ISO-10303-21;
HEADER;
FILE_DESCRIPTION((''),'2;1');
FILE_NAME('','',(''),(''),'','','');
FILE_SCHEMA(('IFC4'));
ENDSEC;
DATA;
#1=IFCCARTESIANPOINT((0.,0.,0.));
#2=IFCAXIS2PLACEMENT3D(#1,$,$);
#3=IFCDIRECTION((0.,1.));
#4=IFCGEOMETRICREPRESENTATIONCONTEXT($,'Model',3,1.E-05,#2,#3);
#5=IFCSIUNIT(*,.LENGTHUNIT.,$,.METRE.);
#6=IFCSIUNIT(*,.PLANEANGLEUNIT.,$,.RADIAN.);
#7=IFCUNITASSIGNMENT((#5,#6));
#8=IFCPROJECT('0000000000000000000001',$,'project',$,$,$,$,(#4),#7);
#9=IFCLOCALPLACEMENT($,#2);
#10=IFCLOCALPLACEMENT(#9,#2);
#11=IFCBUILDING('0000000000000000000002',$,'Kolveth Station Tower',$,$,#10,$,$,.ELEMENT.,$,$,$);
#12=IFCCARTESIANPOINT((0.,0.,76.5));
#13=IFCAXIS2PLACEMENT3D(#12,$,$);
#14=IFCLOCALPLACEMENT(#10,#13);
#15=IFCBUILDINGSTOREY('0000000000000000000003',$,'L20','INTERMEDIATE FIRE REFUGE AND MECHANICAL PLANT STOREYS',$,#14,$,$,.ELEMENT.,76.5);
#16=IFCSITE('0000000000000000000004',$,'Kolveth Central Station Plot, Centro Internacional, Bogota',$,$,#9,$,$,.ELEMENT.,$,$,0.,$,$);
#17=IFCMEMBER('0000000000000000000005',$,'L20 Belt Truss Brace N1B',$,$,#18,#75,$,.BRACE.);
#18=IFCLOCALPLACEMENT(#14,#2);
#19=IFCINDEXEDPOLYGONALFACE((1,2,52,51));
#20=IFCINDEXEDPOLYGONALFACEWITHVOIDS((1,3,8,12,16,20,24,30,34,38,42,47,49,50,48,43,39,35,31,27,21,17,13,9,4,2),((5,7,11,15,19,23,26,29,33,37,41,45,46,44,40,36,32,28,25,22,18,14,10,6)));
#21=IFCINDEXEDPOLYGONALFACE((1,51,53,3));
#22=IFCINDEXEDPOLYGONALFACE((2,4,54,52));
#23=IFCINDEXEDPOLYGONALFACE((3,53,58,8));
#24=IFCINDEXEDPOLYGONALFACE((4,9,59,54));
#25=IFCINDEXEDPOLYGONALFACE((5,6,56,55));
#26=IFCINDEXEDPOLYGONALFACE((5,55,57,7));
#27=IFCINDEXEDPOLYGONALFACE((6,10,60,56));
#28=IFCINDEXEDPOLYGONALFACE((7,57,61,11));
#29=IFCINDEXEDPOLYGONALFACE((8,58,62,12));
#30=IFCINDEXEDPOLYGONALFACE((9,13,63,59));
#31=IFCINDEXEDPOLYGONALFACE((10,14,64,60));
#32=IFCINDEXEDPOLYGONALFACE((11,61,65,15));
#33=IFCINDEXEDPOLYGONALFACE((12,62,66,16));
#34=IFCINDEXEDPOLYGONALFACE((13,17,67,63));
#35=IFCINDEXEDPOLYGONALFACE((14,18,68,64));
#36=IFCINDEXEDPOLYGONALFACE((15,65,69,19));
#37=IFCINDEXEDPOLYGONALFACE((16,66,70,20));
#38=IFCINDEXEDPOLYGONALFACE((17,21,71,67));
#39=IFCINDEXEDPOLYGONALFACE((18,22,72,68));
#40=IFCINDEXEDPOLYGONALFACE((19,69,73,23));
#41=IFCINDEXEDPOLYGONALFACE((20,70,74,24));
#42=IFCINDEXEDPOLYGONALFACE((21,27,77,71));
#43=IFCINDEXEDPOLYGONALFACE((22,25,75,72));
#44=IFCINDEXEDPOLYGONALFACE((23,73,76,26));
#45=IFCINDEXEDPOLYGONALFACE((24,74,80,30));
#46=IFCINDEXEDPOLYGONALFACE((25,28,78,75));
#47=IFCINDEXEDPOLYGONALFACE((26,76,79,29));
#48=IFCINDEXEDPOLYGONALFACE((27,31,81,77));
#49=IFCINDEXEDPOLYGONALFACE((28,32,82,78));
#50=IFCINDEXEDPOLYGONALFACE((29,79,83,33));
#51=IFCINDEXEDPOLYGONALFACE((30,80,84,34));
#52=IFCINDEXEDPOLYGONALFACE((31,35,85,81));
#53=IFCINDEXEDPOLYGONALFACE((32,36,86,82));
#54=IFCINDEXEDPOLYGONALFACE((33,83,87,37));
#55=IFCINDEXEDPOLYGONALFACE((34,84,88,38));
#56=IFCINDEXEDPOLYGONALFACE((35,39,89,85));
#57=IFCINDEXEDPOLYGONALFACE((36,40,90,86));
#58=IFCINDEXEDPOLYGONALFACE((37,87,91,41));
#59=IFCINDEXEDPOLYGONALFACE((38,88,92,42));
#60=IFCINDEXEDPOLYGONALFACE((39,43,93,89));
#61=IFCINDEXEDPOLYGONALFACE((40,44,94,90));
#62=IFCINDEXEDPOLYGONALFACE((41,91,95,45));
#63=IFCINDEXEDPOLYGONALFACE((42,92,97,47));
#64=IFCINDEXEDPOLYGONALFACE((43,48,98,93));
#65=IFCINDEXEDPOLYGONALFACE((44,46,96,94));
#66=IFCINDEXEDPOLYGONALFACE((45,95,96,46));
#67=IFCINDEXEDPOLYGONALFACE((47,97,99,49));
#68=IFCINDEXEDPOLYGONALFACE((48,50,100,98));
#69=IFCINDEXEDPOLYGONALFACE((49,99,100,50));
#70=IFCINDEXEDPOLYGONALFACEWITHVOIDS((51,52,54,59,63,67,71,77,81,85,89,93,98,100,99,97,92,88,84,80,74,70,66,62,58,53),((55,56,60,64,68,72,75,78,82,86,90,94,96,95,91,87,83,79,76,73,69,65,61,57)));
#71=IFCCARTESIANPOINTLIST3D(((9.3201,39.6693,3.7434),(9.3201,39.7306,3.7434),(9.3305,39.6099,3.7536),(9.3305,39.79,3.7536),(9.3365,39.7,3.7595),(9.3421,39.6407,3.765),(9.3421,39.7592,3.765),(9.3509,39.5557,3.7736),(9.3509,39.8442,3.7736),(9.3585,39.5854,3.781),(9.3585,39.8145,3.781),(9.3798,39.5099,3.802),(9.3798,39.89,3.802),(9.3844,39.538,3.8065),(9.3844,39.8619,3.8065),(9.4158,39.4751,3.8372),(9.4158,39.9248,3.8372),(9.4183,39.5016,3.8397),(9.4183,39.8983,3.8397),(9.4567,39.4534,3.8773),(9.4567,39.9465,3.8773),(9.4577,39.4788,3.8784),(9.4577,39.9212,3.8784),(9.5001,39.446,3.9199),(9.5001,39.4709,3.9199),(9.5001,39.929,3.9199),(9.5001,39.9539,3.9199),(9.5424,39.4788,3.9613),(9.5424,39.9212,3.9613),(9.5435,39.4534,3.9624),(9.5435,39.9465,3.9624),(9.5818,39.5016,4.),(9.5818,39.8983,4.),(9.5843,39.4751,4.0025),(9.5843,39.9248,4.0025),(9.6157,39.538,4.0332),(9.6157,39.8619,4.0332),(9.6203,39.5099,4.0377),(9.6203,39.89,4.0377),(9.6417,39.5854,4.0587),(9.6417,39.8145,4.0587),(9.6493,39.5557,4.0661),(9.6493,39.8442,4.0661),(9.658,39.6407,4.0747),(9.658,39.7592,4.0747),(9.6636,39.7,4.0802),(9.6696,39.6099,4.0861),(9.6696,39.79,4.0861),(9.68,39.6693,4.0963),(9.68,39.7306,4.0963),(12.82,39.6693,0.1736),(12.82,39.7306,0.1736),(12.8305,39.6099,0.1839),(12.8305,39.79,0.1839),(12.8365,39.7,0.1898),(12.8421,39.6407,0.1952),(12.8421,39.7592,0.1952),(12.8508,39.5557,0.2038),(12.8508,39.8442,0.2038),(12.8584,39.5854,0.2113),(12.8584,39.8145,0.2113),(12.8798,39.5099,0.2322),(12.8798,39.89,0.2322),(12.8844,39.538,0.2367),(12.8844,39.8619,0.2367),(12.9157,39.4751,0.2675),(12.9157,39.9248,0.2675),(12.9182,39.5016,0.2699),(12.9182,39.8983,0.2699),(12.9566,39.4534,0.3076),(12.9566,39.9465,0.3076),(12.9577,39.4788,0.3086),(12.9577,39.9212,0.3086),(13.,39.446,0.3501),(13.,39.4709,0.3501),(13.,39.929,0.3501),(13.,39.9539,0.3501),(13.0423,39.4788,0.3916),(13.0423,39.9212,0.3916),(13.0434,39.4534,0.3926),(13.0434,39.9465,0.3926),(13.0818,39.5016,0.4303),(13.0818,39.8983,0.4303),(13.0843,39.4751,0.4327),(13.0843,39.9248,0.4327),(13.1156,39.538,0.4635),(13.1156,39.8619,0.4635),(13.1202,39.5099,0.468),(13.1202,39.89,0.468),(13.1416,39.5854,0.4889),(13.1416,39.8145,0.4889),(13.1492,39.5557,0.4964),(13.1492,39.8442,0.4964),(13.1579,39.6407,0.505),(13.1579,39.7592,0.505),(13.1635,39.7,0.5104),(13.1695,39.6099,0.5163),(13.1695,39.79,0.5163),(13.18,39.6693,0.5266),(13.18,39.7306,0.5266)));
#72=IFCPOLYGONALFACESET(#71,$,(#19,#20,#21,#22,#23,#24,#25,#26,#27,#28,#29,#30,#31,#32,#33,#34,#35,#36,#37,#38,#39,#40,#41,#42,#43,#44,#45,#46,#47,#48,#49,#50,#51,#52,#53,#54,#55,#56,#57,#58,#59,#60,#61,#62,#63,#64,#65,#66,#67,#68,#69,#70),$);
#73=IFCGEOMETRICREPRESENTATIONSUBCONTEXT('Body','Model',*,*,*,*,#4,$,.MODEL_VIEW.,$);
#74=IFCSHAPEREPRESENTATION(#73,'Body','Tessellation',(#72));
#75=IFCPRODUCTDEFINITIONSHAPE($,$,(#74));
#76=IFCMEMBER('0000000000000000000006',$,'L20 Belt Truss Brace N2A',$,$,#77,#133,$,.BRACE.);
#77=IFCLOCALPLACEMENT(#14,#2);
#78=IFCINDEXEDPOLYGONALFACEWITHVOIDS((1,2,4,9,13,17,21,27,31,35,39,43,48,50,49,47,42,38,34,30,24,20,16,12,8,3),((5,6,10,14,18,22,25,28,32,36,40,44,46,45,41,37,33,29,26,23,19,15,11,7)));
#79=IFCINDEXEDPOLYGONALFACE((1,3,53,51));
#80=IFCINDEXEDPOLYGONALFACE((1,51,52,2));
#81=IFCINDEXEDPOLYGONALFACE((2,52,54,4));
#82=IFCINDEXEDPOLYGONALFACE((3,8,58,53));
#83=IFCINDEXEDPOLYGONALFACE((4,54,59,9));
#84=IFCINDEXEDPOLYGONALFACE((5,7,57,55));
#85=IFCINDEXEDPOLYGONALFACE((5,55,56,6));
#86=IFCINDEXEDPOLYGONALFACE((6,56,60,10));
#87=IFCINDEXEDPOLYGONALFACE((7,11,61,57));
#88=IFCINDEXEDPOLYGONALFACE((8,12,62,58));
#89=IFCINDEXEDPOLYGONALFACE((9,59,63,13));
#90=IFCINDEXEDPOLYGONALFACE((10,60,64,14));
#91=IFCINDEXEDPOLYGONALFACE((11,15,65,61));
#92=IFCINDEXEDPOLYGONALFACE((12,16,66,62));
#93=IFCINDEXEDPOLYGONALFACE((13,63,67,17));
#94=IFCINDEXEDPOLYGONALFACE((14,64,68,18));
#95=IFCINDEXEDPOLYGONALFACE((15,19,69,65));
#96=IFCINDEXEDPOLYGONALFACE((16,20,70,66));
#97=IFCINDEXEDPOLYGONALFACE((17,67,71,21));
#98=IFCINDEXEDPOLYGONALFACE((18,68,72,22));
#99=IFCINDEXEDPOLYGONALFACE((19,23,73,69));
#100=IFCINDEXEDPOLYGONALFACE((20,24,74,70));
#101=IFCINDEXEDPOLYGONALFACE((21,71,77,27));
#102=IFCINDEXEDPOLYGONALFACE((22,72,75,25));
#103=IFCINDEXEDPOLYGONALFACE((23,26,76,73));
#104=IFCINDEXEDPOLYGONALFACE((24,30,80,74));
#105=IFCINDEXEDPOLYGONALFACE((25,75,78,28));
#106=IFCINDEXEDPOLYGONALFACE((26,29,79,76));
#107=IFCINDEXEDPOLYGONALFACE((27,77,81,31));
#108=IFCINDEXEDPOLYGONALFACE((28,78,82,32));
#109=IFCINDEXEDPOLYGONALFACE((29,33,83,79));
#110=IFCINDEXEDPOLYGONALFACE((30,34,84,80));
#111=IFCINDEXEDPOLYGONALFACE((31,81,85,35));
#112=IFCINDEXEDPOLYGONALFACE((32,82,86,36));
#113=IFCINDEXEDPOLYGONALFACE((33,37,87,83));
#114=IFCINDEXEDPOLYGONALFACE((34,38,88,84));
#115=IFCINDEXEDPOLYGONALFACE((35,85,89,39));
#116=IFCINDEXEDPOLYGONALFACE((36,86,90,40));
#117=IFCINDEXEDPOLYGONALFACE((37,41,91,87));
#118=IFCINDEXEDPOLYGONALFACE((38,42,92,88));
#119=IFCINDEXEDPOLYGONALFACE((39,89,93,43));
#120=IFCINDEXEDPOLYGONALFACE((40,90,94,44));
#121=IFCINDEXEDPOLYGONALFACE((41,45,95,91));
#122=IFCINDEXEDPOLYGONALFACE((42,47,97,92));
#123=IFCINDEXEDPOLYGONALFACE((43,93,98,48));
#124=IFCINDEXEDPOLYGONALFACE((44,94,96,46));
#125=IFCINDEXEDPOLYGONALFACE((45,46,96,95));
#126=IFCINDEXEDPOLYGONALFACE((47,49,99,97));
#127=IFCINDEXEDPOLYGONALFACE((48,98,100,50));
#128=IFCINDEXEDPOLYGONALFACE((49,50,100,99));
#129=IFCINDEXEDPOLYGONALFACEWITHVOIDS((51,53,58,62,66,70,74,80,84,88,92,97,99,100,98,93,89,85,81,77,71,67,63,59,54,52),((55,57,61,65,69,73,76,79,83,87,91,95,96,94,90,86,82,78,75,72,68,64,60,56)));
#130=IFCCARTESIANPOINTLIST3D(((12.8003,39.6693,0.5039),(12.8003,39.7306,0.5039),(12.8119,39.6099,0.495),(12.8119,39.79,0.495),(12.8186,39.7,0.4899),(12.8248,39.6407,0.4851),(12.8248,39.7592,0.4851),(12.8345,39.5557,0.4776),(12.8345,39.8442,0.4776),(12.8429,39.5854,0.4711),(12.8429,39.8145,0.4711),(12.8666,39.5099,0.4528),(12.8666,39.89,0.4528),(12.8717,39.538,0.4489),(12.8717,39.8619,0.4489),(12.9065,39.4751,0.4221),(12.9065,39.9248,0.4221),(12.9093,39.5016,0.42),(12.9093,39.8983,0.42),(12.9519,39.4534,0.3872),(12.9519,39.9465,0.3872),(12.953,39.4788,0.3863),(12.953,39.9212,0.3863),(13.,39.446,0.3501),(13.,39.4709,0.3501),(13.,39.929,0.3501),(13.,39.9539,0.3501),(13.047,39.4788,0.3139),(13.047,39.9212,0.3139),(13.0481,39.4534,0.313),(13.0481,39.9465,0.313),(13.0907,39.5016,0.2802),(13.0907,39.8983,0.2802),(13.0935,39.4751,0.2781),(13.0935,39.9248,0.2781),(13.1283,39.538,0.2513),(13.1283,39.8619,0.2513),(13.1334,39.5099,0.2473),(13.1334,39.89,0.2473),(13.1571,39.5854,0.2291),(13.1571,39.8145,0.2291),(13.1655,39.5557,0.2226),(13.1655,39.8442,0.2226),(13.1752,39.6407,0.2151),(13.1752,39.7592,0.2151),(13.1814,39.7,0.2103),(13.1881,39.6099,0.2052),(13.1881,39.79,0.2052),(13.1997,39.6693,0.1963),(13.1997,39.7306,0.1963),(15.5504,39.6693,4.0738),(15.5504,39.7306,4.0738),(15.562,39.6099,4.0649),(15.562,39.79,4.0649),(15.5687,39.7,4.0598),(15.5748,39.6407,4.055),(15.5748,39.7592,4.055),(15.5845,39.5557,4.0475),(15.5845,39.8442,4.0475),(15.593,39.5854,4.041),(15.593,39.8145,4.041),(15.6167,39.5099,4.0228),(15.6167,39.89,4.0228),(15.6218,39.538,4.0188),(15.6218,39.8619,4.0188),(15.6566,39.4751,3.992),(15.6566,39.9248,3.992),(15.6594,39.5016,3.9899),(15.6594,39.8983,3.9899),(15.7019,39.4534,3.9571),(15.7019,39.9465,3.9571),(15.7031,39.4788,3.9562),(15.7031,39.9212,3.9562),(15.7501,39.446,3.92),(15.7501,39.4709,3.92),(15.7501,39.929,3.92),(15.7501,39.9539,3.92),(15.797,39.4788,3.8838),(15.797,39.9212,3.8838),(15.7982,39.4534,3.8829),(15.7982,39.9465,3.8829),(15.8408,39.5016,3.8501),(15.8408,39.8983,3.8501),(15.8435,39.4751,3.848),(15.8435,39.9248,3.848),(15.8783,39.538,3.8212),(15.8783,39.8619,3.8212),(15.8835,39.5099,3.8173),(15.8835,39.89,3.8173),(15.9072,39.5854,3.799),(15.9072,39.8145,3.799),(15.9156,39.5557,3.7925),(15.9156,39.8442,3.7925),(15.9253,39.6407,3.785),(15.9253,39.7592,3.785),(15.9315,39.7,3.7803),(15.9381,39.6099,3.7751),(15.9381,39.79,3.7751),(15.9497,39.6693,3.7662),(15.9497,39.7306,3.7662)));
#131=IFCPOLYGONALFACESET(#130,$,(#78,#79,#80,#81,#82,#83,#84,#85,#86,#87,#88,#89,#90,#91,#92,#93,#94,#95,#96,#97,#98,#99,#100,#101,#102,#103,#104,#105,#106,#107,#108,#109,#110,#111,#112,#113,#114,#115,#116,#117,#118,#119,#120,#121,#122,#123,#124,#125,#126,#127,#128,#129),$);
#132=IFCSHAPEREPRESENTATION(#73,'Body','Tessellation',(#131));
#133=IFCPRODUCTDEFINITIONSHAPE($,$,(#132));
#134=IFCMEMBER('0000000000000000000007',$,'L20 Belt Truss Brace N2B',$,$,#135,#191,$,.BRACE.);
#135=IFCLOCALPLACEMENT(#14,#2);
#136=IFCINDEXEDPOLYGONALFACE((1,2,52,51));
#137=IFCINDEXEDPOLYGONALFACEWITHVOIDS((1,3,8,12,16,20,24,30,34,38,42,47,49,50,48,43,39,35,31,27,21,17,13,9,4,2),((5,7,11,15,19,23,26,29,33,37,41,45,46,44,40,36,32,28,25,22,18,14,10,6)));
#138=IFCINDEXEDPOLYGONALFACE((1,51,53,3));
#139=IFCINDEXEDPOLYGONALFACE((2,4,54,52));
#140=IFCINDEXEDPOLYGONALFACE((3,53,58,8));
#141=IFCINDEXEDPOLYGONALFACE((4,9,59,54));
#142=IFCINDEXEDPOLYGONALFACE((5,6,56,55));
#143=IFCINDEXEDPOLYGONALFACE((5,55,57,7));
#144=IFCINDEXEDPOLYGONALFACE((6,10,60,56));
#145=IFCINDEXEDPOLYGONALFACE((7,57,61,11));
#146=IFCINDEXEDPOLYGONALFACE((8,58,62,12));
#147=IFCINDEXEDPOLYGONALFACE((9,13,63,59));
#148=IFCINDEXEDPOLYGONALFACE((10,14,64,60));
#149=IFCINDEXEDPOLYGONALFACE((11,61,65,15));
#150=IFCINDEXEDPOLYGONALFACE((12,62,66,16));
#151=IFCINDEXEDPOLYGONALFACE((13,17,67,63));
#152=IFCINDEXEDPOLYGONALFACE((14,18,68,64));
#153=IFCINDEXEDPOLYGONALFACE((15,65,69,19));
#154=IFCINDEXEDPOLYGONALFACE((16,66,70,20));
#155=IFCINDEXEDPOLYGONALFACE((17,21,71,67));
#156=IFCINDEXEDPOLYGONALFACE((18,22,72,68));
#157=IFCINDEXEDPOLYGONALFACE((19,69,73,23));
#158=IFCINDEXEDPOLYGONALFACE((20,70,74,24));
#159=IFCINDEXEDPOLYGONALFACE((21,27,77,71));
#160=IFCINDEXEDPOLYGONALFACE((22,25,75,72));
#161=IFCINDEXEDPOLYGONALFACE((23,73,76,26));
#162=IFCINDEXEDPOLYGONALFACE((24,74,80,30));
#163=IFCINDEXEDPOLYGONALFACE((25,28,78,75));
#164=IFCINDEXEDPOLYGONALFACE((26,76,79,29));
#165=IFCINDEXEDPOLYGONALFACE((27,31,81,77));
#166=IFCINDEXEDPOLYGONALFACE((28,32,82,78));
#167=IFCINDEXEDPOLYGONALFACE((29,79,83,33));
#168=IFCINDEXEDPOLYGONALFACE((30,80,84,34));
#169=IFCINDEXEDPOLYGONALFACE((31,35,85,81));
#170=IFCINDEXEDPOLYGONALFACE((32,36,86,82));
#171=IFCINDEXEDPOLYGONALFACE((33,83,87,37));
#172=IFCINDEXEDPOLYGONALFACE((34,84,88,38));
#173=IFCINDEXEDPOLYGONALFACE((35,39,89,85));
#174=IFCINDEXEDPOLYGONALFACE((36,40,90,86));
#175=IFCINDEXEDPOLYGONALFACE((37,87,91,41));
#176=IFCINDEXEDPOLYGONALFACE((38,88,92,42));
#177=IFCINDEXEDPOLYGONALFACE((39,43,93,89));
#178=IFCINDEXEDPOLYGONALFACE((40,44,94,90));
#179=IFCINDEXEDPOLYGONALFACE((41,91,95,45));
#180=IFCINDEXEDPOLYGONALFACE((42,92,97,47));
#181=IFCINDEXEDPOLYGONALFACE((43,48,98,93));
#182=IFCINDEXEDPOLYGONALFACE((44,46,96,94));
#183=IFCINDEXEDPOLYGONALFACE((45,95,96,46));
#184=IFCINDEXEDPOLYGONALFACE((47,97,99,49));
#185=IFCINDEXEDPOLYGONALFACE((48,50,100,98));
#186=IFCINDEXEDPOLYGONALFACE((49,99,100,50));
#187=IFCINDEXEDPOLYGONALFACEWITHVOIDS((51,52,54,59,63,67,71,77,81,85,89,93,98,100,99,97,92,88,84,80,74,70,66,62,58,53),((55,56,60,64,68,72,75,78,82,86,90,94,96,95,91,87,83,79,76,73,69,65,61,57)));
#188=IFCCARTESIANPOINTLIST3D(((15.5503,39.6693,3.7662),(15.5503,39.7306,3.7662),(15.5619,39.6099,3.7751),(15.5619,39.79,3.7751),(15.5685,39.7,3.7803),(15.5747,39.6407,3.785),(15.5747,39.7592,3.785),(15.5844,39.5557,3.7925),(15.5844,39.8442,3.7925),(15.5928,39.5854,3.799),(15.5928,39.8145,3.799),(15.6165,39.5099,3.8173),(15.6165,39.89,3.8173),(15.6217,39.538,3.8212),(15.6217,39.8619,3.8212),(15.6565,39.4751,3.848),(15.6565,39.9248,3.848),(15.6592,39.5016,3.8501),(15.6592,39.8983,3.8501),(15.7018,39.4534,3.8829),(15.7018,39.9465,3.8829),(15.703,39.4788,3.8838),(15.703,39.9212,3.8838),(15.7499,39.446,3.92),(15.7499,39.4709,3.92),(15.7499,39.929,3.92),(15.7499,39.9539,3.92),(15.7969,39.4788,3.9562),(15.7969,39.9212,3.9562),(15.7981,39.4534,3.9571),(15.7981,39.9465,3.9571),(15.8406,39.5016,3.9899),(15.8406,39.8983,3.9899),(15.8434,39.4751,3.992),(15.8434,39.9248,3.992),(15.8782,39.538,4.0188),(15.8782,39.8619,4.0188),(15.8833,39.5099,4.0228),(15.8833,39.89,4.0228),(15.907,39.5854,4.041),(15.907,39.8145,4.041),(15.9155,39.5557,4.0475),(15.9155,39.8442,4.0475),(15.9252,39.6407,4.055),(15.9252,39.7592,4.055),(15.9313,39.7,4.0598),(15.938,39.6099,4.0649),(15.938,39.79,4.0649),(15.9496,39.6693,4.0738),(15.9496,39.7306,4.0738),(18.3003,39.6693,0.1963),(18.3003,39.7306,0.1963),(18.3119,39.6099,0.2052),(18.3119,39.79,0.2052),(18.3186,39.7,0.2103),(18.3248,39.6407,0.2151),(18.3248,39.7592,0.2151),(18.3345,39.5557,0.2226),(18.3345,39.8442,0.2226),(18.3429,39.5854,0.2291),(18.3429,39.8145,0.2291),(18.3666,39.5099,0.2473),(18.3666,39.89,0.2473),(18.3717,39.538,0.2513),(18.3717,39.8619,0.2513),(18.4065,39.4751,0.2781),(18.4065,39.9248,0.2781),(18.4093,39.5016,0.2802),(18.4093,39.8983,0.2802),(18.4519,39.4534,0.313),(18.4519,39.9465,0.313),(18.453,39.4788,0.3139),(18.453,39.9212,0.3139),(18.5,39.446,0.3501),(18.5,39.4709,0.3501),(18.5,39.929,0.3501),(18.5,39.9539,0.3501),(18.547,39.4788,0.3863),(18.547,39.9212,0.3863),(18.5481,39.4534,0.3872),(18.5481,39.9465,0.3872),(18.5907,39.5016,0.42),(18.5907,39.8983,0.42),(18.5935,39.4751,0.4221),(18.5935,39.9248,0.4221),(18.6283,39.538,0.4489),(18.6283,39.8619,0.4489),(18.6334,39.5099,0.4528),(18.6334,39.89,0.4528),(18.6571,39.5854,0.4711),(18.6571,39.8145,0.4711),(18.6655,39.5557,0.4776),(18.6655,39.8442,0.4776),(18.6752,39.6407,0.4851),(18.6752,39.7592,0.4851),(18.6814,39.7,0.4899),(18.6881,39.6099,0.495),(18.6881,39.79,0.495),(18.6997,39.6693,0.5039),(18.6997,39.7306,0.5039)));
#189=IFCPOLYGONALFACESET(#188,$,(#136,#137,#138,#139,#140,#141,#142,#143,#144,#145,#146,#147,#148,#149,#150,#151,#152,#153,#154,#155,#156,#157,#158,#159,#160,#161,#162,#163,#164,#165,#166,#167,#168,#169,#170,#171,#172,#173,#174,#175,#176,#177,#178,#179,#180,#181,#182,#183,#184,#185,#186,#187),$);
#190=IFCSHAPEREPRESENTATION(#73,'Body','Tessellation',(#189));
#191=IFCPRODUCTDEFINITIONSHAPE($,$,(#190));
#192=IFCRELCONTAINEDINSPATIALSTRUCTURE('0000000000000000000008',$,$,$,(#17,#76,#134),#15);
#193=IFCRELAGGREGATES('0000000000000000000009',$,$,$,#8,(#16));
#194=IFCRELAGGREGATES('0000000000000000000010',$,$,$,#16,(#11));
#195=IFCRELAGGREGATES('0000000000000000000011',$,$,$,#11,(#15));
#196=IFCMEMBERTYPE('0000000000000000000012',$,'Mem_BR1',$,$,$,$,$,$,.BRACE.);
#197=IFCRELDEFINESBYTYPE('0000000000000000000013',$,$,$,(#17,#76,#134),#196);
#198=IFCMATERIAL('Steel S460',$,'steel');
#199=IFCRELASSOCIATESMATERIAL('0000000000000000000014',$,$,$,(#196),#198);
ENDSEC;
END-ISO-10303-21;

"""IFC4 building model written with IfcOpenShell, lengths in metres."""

from ifc_helpers import new_model, si_unit, direction, frame, origin, origin_2d, place, context, subcontext, project, spatial, hollow_circle, extrude, source, transform, mapped, material, material_profile, profile_set, type_object, element, save


model = new_model("IFC4")

# Units and contexts
model_context = context("Model", 3, precision=1e-05, world=origin(), true_north=direction((0.0, 1.0)))
body_context = subcontext(model_context, "Body", "Model", "MODEL_VIEW")
ifc_project = project(units=[si_unit("LENGTHUNIT", "METRE"), si_unit("PLANEANGLEUNIT", "RADIAN")], contexts=[model_context])

# Site, building, storey
site_placement = place(None, origin())
site = spatial("IfcSite", under=ifc_project, at=site_placement, Name="Kolveth Central Station Plot, Centro Internacional, Bogota", CompositionType="ELEMENT", RefElevation=0.0)
building_placement = place(site_placement, origin())
building = spatial("IfcBuilding", under=site, at=building_placement, Name="Kolveth Station Tower", CompositionType="ELEMENT")
storey_placement = place(building_placement, frame((0.0, 0.0, 76.5)))
storey = spatial("IfcBuildingStorey", under=building, at=storey_placement, Name="L20", Description="INTERMEDIATE FIRE REFUGE AND MECHANICAL PLANT STOREYS", CompositionType="ELEMENT", Elevation=76.5)

# Shared definitions
ifc_material_1 = material(Name="Steel S460", Category="steel")

# Members
ifc_material_profile_1 = material_profile(ifc_material_1, hollow_circle(Radius=0.2539, WallThickness=0.0249, at=origin_2d()), Name="CHS508x25")
ifc_profile_set_1 = profile_set([ifc_material_profile_1], Name="Steel S460")
member_type_1 = type_object("IfcMemberType", Name="Mem_BR1", PredefinedType="BRACE", material=ifc_profile_set_1)
shared_shape_1 = source(origin(), body_context, "Body", "SweptSolid", [
    extrude(hollow_circle(Radius=0.2539, WallThickness=0.0249, at=origin_2d()), origin(), (0.0, 0.0, 1.0), 4.9993),
])
member_1_placement = place(storey_placement, frame((13.0, 39.7, 0.3501), z_axis=(-0.700089, 0.0, 0.714056), x_axis=(0.0, -1.0, 0.0)))
element("IfcMember", 1, at=member_1_placement, inside=storey, type_object=member_type_1, Name="L20 Belt Truss Brace N1B", PredefinedType="BRACE", context=body_context, shape_type="MappedRepresentation", body=[
    mapped(shared_shape_1, transform((0.0, 0.0, 0.0), x_axis=(1.0, 0.0, 0.0), y_axis=(0.0, 1.0, 0.0), z_axis=(0.0, 0.0, 1.0), scale=1.0)),
])
shared_shape_2 = source(origin(), body_context, "Body", "SweptSolid", [
    extrude(hollow_circle(Radius=0.2539, WallThickness=0.0249, at=origin_2d()), origin(), (0.0, 0.0, 1.0), 4.5063),
])
for number, where, z_axis, x_axis, name in (
    (2, (13.0, 39.7, 0.3501), (0.610266, 0.0, 0.792197), (0.0, 1.0, 0.0), "L20 Belt Truss Brace N2A"),
    (3, (18.5, 39.7, 0.3501), (-0.610266, 0.0, 0.792197), (0.0, -1.0, 0.0), "L20 Belt Truss Brace N2B"),
):
    element("IfcMember", number, at=place(storey_placement, frame(where, z_axis=z_axis, x_axis=x_axis)), inside=storey, type_object=member_type_1, Name=name, PredefinedType="BRACE", context=body_context, shape_type="MappedRepresentation", body=[
        mapped(shared_shape_2, transform((0.0, 0.0, 0.0), x_axis=(1.0, 0.0, 0.0), y_axis=(0.0, 1.0, 0.0), z_axis=(0.0, 0.0, 1.0), scale=1.0)),
    ])

save(model, "model.ifc")
